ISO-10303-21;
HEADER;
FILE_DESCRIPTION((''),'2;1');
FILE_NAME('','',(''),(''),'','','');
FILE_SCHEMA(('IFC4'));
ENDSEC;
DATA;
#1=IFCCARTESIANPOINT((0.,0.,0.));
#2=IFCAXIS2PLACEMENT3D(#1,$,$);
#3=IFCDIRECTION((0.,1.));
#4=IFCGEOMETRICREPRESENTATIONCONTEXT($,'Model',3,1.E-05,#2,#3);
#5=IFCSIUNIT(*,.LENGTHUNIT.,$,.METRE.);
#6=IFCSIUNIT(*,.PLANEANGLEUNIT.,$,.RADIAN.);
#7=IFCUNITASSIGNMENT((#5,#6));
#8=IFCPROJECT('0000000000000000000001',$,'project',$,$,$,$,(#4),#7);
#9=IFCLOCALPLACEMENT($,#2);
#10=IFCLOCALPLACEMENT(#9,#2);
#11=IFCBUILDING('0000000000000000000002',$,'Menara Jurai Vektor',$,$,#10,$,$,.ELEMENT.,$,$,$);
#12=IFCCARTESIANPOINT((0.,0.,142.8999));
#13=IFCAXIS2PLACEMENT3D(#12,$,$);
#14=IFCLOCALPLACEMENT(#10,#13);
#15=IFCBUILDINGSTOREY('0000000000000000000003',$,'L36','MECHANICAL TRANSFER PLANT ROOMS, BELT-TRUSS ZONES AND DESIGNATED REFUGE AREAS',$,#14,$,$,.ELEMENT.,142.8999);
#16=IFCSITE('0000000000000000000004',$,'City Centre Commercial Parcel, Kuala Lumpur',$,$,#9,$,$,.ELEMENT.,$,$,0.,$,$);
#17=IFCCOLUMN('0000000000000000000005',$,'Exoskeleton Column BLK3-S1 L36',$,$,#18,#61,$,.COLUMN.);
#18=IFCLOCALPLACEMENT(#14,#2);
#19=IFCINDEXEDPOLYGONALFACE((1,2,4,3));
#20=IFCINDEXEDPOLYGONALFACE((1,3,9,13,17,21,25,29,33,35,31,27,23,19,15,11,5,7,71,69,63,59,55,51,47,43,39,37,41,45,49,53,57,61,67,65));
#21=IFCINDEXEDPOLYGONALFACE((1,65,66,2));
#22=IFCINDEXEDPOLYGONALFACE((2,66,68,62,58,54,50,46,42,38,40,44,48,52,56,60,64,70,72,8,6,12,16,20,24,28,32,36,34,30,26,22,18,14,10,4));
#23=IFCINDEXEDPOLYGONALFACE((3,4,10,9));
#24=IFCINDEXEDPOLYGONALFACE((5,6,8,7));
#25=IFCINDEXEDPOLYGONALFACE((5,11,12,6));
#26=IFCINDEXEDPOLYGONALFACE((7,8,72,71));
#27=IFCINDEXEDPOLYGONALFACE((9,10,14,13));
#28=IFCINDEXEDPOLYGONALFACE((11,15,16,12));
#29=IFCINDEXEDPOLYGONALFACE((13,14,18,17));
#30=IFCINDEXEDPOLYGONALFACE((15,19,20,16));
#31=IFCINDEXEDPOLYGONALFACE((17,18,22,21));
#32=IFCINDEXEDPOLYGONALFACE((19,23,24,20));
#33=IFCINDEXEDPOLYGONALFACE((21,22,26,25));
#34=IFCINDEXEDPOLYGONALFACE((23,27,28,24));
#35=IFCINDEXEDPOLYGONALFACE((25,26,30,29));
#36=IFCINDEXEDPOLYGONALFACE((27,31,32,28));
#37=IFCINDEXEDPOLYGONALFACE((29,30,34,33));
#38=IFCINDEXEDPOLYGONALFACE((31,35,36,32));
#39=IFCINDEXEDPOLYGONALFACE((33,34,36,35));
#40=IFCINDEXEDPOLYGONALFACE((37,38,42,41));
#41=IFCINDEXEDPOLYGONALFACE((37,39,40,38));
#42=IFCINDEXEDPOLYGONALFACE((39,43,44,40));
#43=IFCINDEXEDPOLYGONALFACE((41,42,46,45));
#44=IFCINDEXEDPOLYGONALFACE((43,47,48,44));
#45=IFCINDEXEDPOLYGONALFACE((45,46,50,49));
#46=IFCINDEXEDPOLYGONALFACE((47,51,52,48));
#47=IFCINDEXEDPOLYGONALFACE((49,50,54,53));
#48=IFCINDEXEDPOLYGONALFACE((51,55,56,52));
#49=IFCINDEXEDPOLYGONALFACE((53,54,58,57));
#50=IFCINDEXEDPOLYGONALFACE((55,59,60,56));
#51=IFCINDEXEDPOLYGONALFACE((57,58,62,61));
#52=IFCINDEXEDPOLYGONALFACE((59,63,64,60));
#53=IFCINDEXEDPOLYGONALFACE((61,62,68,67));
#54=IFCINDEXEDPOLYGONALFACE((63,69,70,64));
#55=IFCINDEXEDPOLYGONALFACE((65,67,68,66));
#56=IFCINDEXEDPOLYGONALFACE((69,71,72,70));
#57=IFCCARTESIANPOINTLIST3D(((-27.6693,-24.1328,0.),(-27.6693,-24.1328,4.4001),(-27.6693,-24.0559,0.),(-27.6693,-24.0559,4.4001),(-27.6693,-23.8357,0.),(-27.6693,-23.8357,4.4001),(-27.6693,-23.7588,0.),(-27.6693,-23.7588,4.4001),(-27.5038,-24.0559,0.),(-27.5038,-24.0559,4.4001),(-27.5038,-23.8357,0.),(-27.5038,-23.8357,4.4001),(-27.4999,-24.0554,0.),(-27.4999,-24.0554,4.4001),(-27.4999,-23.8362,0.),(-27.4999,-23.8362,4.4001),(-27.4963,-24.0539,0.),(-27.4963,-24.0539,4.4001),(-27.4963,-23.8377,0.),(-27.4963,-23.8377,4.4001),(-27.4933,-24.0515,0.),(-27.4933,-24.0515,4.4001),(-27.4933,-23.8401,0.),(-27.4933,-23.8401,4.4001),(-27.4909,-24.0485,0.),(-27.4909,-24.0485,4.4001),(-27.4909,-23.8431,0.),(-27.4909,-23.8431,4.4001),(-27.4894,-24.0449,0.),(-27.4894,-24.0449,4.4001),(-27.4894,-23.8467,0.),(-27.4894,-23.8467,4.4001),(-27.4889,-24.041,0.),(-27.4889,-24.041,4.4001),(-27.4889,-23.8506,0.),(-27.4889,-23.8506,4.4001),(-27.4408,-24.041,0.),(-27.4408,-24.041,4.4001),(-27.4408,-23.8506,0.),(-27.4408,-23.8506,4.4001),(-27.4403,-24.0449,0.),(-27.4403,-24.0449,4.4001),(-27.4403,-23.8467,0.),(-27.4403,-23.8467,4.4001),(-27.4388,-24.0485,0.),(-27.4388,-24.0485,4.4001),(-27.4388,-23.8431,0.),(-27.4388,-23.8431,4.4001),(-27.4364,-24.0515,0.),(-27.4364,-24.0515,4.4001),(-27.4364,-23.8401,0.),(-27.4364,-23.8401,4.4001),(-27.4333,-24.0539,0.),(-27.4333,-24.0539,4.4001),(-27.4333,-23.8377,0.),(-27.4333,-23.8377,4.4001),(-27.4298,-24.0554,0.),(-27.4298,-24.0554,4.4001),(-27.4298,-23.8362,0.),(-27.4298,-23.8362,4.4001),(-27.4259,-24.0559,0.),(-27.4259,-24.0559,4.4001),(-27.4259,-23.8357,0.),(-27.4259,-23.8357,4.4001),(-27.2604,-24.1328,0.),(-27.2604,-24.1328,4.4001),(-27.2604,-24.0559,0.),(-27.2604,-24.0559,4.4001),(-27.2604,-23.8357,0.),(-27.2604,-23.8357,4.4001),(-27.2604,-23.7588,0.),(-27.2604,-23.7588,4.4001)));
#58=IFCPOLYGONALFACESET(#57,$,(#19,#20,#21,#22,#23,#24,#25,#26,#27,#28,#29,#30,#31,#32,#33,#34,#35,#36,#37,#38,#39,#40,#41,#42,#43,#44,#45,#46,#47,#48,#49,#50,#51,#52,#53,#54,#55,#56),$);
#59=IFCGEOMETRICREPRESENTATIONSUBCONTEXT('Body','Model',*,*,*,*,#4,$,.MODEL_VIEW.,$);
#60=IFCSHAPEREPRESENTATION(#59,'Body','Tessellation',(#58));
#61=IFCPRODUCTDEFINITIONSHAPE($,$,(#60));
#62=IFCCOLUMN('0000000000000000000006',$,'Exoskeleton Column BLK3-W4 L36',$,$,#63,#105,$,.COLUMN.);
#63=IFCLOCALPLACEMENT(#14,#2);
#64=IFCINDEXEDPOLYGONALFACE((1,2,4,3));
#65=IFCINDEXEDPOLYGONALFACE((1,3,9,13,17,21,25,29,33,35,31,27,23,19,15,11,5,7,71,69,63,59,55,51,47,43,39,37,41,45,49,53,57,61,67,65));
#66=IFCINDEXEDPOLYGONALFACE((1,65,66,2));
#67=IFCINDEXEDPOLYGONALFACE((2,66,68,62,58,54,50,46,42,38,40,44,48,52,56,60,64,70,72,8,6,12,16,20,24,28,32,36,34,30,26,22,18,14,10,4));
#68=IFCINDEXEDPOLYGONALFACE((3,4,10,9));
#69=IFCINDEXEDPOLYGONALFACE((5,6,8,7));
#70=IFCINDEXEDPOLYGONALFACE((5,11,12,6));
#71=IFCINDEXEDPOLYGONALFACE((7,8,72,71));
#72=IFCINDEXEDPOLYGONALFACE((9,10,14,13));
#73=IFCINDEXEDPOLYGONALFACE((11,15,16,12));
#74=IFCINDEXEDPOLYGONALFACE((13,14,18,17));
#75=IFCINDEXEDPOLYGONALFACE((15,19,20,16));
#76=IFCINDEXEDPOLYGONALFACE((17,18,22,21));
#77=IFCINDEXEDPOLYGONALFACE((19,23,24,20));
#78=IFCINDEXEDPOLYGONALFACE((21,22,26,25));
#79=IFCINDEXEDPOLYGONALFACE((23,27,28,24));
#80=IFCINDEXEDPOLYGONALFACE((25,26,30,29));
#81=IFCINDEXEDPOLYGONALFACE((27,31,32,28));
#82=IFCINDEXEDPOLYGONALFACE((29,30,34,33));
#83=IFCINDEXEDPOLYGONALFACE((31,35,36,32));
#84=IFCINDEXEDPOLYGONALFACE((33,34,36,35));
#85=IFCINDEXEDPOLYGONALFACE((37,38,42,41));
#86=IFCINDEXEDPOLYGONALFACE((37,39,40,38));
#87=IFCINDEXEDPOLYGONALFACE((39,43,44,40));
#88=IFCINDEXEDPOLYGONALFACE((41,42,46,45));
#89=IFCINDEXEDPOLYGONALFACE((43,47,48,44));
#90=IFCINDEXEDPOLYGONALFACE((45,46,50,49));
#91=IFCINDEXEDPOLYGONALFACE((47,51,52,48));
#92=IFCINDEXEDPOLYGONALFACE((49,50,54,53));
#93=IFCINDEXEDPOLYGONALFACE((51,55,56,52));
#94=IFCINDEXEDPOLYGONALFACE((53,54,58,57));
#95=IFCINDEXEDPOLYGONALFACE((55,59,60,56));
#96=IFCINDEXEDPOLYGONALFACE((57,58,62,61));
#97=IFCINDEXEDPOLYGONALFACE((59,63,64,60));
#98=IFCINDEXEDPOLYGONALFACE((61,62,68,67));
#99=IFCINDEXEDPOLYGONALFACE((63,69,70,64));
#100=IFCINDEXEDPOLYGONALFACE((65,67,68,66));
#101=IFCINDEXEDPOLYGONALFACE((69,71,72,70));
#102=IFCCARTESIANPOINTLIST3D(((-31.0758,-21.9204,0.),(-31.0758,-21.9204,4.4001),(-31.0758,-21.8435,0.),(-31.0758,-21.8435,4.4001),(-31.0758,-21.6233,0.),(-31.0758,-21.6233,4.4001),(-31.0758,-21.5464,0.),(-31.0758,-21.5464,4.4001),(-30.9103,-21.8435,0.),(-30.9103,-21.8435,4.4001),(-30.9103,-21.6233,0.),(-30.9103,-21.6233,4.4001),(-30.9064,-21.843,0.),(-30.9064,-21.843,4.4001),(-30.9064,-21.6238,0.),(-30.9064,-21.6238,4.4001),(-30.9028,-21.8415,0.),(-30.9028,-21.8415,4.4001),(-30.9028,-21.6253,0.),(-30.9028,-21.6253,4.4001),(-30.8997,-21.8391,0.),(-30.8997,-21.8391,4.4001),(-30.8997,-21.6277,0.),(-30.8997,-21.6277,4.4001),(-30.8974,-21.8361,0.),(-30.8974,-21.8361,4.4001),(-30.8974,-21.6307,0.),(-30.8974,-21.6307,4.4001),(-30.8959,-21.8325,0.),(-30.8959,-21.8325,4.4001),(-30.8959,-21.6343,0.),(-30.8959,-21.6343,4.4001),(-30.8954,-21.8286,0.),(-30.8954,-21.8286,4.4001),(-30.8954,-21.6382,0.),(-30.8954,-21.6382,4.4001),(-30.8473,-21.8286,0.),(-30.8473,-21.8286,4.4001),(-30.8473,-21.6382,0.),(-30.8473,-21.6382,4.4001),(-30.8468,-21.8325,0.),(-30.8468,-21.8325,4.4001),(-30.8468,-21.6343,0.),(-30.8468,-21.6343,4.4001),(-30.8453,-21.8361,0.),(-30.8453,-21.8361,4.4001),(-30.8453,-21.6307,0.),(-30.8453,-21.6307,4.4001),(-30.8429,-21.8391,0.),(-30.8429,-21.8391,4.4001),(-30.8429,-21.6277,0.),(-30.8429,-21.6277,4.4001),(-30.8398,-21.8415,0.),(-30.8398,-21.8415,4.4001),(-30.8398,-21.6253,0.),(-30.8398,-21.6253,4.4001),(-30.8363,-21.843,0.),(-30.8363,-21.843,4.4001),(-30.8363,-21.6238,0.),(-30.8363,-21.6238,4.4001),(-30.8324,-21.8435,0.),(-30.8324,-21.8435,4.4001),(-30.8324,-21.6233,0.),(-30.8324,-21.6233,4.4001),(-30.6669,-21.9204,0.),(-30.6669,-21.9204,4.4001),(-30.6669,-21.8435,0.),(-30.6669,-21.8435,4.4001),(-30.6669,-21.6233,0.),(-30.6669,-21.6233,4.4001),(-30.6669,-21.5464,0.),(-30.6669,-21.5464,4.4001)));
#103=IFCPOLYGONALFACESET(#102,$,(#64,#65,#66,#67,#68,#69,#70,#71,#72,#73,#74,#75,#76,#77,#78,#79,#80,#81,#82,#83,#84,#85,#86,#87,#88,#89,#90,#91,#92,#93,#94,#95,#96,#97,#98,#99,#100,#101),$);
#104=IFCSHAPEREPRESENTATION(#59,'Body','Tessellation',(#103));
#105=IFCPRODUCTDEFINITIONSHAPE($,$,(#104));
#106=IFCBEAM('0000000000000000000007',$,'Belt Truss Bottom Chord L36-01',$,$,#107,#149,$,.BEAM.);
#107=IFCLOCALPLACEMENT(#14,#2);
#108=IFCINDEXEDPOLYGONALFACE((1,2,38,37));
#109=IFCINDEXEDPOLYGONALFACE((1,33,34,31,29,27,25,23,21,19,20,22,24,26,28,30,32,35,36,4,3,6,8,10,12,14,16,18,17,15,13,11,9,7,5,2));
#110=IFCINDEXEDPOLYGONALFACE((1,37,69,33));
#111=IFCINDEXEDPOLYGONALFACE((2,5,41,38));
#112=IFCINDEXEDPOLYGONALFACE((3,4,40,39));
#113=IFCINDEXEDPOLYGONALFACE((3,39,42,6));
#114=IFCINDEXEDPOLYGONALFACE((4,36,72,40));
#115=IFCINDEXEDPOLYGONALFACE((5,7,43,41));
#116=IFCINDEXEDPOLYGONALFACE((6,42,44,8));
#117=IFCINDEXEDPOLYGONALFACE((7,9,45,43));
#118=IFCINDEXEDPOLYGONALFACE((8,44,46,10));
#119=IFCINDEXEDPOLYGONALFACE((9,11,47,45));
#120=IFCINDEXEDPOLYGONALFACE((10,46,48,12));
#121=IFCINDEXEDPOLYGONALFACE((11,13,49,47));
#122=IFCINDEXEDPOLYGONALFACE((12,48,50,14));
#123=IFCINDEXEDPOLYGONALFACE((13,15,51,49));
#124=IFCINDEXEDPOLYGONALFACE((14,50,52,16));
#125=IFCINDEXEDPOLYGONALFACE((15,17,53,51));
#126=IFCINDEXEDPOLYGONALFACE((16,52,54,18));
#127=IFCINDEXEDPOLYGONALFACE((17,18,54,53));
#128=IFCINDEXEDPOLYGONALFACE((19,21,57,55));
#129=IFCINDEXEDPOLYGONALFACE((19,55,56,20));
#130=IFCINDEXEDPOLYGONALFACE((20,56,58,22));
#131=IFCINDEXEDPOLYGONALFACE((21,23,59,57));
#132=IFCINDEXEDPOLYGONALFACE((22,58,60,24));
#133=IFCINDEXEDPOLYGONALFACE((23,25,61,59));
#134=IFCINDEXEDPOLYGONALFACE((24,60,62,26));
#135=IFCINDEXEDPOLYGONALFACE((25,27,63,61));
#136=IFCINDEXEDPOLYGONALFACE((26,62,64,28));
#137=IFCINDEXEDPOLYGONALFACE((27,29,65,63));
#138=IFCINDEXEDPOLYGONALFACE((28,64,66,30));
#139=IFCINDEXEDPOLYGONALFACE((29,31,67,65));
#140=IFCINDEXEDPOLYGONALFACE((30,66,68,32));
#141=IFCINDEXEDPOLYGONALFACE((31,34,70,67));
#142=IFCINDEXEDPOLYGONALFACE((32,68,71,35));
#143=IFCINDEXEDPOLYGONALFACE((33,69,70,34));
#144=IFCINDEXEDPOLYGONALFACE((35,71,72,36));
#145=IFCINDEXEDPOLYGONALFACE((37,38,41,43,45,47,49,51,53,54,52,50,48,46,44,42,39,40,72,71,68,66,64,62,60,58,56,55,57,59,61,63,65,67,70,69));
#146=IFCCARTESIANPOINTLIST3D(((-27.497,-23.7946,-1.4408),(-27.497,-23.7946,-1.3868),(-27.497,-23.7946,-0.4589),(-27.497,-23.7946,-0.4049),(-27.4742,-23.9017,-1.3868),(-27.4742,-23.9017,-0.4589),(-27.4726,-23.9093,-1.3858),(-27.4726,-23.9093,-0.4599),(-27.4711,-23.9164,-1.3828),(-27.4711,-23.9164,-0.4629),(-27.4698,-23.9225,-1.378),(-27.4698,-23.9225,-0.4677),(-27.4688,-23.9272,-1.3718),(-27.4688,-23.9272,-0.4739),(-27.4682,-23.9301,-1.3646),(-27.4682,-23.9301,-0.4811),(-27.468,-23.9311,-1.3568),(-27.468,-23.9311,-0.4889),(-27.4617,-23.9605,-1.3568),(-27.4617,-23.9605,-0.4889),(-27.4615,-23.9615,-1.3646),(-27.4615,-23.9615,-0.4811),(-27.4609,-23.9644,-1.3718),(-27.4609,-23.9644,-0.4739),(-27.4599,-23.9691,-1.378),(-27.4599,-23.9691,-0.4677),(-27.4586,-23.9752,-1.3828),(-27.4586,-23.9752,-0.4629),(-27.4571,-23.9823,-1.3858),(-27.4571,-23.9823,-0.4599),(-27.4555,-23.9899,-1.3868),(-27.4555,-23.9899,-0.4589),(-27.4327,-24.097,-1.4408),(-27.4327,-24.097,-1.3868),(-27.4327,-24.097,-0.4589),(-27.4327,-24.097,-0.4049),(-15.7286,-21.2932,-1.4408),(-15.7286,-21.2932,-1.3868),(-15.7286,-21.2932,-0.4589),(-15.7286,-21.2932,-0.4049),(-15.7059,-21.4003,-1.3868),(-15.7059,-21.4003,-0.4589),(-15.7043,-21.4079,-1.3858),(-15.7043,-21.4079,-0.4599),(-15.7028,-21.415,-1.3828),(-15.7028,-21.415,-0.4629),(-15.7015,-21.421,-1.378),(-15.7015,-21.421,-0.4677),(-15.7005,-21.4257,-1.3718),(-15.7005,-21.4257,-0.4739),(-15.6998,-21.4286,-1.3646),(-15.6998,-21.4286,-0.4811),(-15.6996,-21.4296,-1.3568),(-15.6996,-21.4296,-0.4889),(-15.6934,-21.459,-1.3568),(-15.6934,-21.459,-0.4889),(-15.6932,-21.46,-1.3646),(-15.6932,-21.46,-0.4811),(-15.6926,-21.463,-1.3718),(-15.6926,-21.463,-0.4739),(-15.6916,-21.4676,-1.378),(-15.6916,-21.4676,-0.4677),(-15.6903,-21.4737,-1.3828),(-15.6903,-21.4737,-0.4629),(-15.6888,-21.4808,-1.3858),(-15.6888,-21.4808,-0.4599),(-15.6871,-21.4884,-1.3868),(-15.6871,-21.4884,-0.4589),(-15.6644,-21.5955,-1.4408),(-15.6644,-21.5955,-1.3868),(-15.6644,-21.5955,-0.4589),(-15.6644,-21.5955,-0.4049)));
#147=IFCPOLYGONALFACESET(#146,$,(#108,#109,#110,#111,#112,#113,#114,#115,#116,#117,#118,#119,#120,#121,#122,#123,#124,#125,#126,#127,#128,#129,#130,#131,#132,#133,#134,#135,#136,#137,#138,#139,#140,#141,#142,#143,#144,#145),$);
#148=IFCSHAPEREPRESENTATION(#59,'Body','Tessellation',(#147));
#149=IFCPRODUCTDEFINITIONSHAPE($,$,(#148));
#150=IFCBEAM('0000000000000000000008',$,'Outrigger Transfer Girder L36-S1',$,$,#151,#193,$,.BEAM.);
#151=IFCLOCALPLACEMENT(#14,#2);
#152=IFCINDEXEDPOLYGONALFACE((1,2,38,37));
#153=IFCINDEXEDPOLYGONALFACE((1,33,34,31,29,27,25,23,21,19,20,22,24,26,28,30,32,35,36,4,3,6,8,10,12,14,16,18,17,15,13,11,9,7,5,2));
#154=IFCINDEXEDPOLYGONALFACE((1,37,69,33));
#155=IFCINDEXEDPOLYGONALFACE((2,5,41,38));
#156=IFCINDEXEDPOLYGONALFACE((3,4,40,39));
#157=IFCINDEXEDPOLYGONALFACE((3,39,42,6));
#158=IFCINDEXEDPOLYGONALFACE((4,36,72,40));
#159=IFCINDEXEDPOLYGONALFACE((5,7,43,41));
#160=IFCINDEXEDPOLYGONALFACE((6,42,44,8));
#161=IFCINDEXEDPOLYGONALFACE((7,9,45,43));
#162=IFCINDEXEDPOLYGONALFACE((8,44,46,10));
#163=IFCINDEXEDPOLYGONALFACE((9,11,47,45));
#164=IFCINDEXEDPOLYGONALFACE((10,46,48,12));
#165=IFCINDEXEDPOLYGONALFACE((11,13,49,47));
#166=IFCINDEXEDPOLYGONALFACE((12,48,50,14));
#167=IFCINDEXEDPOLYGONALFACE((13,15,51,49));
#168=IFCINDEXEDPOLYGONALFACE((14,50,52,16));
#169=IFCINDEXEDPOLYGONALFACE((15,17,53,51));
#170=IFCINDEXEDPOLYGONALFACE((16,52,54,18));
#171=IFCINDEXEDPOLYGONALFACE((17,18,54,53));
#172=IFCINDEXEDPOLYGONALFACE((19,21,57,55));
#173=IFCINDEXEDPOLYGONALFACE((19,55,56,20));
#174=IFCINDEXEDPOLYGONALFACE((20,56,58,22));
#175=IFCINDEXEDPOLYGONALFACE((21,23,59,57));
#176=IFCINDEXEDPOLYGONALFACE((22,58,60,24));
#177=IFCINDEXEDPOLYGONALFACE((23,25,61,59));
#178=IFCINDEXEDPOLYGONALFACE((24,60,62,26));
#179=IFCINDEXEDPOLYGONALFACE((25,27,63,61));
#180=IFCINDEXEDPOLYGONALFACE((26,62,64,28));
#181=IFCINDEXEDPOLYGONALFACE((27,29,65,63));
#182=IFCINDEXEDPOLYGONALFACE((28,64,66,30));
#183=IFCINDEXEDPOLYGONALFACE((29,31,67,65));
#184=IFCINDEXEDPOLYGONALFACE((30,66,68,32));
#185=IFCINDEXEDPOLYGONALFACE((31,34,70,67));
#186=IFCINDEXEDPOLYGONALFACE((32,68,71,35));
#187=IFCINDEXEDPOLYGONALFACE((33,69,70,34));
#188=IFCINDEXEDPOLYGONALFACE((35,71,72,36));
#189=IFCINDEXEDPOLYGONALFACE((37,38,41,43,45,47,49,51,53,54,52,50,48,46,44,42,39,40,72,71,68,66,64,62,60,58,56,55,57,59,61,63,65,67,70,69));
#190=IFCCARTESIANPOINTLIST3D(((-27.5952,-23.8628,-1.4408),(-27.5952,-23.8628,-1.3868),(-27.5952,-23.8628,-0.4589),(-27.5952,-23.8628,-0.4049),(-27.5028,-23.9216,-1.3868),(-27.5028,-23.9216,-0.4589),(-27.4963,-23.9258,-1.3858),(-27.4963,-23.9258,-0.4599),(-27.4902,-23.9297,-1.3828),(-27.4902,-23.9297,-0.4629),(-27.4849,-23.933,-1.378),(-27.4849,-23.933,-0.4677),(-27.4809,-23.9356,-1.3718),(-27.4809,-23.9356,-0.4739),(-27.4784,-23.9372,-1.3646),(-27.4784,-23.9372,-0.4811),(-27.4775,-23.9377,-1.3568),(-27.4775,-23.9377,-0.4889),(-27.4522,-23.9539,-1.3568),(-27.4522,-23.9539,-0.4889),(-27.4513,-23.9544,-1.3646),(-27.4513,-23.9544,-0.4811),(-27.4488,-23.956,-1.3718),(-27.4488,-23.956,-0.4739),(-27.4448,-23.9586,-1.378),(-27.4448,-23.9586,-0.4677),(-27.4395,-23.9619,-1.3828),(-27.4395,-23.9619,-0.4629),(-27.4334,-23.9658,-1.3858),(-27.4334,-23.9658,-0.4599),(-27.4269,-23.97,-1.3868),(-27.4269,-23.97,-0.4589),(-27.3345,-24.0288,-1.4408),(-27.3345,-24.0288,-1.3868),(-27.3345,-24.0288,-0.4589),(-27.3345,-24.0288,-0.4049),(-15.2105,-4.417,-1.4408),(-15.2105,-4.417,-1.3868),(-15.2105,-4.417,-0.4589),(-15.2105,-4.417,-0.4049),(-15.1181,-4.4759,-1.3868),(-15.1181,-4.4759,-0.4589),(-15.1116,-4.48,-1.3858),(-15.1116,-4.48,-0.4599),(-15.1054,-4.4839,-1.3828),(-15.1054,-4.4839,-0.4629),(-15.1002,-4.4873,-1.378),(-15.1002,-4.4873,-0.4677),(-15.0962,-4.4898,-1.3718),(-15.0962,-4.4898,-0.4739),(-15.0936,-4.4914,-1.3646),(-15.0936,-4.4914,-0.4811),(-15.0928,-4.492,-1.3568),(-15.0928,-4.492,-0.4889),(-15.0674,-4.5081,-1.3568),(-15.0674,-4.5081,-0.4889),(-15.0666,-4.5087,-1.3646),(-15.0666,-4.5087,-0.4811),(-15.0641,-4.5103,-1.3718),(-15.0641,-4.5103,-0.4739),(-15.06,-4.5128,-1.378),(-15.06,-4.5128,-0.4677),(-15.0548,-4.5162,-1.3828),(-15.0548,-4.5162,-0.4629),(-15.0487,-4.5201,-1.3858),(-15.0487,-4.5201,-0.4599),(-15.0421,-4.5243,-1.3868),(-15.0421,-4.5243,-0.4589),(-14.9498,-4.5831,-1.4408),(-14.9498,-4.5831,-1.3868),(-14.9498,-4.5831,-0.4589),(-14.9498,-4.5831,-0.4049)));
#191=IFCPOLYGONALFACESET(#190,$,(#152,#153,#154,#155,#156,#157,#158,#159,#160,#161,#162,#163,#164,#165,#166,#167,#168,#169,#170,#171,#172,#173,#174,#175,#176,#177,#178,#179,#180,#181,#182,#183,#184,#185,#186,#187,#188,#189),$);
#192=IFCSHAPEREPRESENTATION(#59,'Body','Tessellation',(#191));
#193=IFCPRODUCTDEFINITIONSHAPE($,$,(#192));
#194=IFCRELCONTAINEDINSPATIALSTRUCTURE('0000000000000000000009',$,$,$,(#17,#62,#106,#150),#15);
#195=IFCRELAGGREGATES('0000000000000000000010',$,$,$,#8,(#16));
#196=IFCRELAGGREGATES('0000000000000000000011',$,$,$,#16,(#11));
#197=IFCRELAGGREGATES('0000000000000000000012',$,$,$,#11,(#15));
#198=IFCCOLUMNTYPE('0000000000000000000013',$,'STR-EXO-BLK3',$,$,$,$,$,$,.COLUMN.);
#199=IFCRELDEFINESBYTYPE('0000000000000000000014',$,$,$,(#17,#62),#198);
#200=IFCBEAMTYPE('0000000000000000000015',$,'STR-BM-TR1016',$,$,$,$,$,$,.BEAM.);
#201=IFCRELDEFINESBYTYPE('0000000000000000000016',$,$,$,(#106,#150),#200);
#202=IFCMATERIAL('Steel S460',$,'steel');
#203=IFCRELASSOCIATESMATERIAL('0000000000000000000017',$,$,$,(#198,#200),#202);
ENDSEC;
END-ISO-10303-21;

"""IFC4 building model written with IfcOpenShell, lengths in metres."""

from ifc_helpers import new_model, si_unit, direction, frame, origin, origin_2d, place, context, subcontext, project, spatial, i_section, extrude, material, material_profile, profile_set, type_object, element, save


model = new_model("IFC4")

# Units and contexts
model_context = context("Model", 3, precision=1e-05, world=origin(), true_north=direction((0.0, 1.0)))
body_context = subcontext(model_context, "Body", "Model", "MODEL_VIEW")
ifc_project = project(units=[si_unit("LENGTHUNIT", "METRE"), si_unit("PLANEANGLEUNIT", "RADIAN")], contexts=[model_context])

# Site, building, storey
site_placement = place(None, origin())
site = spatial("IfcSite", under=ifc_project, at=site_placement, Name="City Centre Commercial Parcel, Kuala Lumpur", CompositionType="ELEMENT", RefElevation=0.0)
building_placement = place(site_placement, origin())
building = spatial("IfcBuilding", under=site, at=building_placement, Name="Menara Jurai Vektor", CompositionType="ELEMENT")
storey_placement = place(building_placement, frame((0.0, 0.0, 142.8999)))
storey = spatial("IfcBuildingStorey", under=building, at=storey_placement, Name="L36", Description="MECHANICAL TRANSFER PLANT ROOMS, BELT-TRUSS ZONES AND DESIGNATED REFUGE AREAS", CompositionType="ELEMENT", Elevation=142.8999)

# Columns
ifc_material_1 = material(Name="Steel S460", Category="steel")
ifc_material_profile_1 = material_profile(ifc_material_1, i_section(OverallWidth=0.4089, OverallDepth=0.374, WebThickness=0.0481, FlangeThickness=0.0769, FilletRadius=0.0149, at=origin_2d()), Name="HD 400x634")
ifc_profile_set_1 = profile_set([ifc_material_profile_1], Name="Steel S460")
column_type = type_object("IfcColumnType", Name="STR-EXO-BLK3", PredefinedType="COLUMN", material=ifc_profile_set_1)
for number, where, z_axis, x_axis, name in (
    (1, (-27.4648, -23.9458, 0.0), (0.0, 0.0, 1.0), (1.0, 0.0, 0.0), "Exoskeleton Column BLK3-S1 L36"),
    (2, (-30.8713, -21.7334, 0.0), (0.0, 0.0, 1.0), (1.0, 0.0, 0.0), "Exoskeleton Column BLK3-W4 L36"),
):
    element("IfcColumn", number, at=place(storey_placement, frame(where, z_axis=z_axis, x_axis=x_axis)), inside=storey, type_object=column_type, Name=name, PredefinedType="COLUMN", context=body_context, shape_type="SweptSolid", body=[
        extrude(i_section(OverallWidth=0.4089, OverallDepth=0.374, WebThickness=0.0481, FlangeThickness=0.0769, FilletRadius=0.0149, at=origin_2d()), origin(), (0.0, 0.0, 1.0), 4.4001),
    ])

# Beams
ifc_material_profile_2 = material_profile(ifc_material_1, i_section(OverallWidth=0.3091, OverallDepth=1.0359, WebThickness=0.03, FlangeThickness=0.054, FilletRadius=0.03, at=origin_2d()), Name="UKB 1016x305x487")
ifc_profile_set_2 = profile_set([ifc_material_profile_2], Name="Steel S460")
beam_type_1 = type_object("IfcBeamType", Name="STR-BM-TR1016", PredefinedType="BEAM", material=ifc_profile_set_2)
beam_1_placement = place(storey_placement, frame((-27.4648, -23.9458, -0.9229), z_axis=(0.978147, 0.207914, 0.0), x_axis=(-0.207914, 0.978147, 0.0)))
element("IfcBeam", 3, at=beam_1_placement, inside=storey, type_object=beam_type_1, Name="Belt Truss Bottom Chord L36-01", PredefinedType="BEAM", context=body_context, shape_type="SweptSolid", body=[
    extrude(i_section(OverallWidth=0.3091, OverallDepth=1.0359, WebThickness=0.03, FlangeThickness=0.054, FilletRadius=0.03, at=origin_2d()), origin(), (0.0, 0.0, 1.0), 12.0312),
])
beam_2_placement = place(storey_placement, frame((-27.4648, -23.9458, -0.9229), z_axis=(0.537189, 0.843462, 0.0), x_axis=(-0.843462, 0.537189, 0.0)))
element("IfcBeam", 4, at=beam_2_placement, inside=storey, type_object=beam_type_1, Name="Outrigger Transfer Girder L36-S1", PredefinedType="BEAM", context=body_context, shape_type="SweptSolid", body=[
    extrude(i_section(OverallWidth=0.3091, OverallDepth=1.0359, WebThickness=0.03, FlangeThickness=0.054, FilletRadius=0.03, at=origin_2d()), origin(), (0.0, 0.0, 1.0), 23.0547),
])

save(model, "model.ifc")
